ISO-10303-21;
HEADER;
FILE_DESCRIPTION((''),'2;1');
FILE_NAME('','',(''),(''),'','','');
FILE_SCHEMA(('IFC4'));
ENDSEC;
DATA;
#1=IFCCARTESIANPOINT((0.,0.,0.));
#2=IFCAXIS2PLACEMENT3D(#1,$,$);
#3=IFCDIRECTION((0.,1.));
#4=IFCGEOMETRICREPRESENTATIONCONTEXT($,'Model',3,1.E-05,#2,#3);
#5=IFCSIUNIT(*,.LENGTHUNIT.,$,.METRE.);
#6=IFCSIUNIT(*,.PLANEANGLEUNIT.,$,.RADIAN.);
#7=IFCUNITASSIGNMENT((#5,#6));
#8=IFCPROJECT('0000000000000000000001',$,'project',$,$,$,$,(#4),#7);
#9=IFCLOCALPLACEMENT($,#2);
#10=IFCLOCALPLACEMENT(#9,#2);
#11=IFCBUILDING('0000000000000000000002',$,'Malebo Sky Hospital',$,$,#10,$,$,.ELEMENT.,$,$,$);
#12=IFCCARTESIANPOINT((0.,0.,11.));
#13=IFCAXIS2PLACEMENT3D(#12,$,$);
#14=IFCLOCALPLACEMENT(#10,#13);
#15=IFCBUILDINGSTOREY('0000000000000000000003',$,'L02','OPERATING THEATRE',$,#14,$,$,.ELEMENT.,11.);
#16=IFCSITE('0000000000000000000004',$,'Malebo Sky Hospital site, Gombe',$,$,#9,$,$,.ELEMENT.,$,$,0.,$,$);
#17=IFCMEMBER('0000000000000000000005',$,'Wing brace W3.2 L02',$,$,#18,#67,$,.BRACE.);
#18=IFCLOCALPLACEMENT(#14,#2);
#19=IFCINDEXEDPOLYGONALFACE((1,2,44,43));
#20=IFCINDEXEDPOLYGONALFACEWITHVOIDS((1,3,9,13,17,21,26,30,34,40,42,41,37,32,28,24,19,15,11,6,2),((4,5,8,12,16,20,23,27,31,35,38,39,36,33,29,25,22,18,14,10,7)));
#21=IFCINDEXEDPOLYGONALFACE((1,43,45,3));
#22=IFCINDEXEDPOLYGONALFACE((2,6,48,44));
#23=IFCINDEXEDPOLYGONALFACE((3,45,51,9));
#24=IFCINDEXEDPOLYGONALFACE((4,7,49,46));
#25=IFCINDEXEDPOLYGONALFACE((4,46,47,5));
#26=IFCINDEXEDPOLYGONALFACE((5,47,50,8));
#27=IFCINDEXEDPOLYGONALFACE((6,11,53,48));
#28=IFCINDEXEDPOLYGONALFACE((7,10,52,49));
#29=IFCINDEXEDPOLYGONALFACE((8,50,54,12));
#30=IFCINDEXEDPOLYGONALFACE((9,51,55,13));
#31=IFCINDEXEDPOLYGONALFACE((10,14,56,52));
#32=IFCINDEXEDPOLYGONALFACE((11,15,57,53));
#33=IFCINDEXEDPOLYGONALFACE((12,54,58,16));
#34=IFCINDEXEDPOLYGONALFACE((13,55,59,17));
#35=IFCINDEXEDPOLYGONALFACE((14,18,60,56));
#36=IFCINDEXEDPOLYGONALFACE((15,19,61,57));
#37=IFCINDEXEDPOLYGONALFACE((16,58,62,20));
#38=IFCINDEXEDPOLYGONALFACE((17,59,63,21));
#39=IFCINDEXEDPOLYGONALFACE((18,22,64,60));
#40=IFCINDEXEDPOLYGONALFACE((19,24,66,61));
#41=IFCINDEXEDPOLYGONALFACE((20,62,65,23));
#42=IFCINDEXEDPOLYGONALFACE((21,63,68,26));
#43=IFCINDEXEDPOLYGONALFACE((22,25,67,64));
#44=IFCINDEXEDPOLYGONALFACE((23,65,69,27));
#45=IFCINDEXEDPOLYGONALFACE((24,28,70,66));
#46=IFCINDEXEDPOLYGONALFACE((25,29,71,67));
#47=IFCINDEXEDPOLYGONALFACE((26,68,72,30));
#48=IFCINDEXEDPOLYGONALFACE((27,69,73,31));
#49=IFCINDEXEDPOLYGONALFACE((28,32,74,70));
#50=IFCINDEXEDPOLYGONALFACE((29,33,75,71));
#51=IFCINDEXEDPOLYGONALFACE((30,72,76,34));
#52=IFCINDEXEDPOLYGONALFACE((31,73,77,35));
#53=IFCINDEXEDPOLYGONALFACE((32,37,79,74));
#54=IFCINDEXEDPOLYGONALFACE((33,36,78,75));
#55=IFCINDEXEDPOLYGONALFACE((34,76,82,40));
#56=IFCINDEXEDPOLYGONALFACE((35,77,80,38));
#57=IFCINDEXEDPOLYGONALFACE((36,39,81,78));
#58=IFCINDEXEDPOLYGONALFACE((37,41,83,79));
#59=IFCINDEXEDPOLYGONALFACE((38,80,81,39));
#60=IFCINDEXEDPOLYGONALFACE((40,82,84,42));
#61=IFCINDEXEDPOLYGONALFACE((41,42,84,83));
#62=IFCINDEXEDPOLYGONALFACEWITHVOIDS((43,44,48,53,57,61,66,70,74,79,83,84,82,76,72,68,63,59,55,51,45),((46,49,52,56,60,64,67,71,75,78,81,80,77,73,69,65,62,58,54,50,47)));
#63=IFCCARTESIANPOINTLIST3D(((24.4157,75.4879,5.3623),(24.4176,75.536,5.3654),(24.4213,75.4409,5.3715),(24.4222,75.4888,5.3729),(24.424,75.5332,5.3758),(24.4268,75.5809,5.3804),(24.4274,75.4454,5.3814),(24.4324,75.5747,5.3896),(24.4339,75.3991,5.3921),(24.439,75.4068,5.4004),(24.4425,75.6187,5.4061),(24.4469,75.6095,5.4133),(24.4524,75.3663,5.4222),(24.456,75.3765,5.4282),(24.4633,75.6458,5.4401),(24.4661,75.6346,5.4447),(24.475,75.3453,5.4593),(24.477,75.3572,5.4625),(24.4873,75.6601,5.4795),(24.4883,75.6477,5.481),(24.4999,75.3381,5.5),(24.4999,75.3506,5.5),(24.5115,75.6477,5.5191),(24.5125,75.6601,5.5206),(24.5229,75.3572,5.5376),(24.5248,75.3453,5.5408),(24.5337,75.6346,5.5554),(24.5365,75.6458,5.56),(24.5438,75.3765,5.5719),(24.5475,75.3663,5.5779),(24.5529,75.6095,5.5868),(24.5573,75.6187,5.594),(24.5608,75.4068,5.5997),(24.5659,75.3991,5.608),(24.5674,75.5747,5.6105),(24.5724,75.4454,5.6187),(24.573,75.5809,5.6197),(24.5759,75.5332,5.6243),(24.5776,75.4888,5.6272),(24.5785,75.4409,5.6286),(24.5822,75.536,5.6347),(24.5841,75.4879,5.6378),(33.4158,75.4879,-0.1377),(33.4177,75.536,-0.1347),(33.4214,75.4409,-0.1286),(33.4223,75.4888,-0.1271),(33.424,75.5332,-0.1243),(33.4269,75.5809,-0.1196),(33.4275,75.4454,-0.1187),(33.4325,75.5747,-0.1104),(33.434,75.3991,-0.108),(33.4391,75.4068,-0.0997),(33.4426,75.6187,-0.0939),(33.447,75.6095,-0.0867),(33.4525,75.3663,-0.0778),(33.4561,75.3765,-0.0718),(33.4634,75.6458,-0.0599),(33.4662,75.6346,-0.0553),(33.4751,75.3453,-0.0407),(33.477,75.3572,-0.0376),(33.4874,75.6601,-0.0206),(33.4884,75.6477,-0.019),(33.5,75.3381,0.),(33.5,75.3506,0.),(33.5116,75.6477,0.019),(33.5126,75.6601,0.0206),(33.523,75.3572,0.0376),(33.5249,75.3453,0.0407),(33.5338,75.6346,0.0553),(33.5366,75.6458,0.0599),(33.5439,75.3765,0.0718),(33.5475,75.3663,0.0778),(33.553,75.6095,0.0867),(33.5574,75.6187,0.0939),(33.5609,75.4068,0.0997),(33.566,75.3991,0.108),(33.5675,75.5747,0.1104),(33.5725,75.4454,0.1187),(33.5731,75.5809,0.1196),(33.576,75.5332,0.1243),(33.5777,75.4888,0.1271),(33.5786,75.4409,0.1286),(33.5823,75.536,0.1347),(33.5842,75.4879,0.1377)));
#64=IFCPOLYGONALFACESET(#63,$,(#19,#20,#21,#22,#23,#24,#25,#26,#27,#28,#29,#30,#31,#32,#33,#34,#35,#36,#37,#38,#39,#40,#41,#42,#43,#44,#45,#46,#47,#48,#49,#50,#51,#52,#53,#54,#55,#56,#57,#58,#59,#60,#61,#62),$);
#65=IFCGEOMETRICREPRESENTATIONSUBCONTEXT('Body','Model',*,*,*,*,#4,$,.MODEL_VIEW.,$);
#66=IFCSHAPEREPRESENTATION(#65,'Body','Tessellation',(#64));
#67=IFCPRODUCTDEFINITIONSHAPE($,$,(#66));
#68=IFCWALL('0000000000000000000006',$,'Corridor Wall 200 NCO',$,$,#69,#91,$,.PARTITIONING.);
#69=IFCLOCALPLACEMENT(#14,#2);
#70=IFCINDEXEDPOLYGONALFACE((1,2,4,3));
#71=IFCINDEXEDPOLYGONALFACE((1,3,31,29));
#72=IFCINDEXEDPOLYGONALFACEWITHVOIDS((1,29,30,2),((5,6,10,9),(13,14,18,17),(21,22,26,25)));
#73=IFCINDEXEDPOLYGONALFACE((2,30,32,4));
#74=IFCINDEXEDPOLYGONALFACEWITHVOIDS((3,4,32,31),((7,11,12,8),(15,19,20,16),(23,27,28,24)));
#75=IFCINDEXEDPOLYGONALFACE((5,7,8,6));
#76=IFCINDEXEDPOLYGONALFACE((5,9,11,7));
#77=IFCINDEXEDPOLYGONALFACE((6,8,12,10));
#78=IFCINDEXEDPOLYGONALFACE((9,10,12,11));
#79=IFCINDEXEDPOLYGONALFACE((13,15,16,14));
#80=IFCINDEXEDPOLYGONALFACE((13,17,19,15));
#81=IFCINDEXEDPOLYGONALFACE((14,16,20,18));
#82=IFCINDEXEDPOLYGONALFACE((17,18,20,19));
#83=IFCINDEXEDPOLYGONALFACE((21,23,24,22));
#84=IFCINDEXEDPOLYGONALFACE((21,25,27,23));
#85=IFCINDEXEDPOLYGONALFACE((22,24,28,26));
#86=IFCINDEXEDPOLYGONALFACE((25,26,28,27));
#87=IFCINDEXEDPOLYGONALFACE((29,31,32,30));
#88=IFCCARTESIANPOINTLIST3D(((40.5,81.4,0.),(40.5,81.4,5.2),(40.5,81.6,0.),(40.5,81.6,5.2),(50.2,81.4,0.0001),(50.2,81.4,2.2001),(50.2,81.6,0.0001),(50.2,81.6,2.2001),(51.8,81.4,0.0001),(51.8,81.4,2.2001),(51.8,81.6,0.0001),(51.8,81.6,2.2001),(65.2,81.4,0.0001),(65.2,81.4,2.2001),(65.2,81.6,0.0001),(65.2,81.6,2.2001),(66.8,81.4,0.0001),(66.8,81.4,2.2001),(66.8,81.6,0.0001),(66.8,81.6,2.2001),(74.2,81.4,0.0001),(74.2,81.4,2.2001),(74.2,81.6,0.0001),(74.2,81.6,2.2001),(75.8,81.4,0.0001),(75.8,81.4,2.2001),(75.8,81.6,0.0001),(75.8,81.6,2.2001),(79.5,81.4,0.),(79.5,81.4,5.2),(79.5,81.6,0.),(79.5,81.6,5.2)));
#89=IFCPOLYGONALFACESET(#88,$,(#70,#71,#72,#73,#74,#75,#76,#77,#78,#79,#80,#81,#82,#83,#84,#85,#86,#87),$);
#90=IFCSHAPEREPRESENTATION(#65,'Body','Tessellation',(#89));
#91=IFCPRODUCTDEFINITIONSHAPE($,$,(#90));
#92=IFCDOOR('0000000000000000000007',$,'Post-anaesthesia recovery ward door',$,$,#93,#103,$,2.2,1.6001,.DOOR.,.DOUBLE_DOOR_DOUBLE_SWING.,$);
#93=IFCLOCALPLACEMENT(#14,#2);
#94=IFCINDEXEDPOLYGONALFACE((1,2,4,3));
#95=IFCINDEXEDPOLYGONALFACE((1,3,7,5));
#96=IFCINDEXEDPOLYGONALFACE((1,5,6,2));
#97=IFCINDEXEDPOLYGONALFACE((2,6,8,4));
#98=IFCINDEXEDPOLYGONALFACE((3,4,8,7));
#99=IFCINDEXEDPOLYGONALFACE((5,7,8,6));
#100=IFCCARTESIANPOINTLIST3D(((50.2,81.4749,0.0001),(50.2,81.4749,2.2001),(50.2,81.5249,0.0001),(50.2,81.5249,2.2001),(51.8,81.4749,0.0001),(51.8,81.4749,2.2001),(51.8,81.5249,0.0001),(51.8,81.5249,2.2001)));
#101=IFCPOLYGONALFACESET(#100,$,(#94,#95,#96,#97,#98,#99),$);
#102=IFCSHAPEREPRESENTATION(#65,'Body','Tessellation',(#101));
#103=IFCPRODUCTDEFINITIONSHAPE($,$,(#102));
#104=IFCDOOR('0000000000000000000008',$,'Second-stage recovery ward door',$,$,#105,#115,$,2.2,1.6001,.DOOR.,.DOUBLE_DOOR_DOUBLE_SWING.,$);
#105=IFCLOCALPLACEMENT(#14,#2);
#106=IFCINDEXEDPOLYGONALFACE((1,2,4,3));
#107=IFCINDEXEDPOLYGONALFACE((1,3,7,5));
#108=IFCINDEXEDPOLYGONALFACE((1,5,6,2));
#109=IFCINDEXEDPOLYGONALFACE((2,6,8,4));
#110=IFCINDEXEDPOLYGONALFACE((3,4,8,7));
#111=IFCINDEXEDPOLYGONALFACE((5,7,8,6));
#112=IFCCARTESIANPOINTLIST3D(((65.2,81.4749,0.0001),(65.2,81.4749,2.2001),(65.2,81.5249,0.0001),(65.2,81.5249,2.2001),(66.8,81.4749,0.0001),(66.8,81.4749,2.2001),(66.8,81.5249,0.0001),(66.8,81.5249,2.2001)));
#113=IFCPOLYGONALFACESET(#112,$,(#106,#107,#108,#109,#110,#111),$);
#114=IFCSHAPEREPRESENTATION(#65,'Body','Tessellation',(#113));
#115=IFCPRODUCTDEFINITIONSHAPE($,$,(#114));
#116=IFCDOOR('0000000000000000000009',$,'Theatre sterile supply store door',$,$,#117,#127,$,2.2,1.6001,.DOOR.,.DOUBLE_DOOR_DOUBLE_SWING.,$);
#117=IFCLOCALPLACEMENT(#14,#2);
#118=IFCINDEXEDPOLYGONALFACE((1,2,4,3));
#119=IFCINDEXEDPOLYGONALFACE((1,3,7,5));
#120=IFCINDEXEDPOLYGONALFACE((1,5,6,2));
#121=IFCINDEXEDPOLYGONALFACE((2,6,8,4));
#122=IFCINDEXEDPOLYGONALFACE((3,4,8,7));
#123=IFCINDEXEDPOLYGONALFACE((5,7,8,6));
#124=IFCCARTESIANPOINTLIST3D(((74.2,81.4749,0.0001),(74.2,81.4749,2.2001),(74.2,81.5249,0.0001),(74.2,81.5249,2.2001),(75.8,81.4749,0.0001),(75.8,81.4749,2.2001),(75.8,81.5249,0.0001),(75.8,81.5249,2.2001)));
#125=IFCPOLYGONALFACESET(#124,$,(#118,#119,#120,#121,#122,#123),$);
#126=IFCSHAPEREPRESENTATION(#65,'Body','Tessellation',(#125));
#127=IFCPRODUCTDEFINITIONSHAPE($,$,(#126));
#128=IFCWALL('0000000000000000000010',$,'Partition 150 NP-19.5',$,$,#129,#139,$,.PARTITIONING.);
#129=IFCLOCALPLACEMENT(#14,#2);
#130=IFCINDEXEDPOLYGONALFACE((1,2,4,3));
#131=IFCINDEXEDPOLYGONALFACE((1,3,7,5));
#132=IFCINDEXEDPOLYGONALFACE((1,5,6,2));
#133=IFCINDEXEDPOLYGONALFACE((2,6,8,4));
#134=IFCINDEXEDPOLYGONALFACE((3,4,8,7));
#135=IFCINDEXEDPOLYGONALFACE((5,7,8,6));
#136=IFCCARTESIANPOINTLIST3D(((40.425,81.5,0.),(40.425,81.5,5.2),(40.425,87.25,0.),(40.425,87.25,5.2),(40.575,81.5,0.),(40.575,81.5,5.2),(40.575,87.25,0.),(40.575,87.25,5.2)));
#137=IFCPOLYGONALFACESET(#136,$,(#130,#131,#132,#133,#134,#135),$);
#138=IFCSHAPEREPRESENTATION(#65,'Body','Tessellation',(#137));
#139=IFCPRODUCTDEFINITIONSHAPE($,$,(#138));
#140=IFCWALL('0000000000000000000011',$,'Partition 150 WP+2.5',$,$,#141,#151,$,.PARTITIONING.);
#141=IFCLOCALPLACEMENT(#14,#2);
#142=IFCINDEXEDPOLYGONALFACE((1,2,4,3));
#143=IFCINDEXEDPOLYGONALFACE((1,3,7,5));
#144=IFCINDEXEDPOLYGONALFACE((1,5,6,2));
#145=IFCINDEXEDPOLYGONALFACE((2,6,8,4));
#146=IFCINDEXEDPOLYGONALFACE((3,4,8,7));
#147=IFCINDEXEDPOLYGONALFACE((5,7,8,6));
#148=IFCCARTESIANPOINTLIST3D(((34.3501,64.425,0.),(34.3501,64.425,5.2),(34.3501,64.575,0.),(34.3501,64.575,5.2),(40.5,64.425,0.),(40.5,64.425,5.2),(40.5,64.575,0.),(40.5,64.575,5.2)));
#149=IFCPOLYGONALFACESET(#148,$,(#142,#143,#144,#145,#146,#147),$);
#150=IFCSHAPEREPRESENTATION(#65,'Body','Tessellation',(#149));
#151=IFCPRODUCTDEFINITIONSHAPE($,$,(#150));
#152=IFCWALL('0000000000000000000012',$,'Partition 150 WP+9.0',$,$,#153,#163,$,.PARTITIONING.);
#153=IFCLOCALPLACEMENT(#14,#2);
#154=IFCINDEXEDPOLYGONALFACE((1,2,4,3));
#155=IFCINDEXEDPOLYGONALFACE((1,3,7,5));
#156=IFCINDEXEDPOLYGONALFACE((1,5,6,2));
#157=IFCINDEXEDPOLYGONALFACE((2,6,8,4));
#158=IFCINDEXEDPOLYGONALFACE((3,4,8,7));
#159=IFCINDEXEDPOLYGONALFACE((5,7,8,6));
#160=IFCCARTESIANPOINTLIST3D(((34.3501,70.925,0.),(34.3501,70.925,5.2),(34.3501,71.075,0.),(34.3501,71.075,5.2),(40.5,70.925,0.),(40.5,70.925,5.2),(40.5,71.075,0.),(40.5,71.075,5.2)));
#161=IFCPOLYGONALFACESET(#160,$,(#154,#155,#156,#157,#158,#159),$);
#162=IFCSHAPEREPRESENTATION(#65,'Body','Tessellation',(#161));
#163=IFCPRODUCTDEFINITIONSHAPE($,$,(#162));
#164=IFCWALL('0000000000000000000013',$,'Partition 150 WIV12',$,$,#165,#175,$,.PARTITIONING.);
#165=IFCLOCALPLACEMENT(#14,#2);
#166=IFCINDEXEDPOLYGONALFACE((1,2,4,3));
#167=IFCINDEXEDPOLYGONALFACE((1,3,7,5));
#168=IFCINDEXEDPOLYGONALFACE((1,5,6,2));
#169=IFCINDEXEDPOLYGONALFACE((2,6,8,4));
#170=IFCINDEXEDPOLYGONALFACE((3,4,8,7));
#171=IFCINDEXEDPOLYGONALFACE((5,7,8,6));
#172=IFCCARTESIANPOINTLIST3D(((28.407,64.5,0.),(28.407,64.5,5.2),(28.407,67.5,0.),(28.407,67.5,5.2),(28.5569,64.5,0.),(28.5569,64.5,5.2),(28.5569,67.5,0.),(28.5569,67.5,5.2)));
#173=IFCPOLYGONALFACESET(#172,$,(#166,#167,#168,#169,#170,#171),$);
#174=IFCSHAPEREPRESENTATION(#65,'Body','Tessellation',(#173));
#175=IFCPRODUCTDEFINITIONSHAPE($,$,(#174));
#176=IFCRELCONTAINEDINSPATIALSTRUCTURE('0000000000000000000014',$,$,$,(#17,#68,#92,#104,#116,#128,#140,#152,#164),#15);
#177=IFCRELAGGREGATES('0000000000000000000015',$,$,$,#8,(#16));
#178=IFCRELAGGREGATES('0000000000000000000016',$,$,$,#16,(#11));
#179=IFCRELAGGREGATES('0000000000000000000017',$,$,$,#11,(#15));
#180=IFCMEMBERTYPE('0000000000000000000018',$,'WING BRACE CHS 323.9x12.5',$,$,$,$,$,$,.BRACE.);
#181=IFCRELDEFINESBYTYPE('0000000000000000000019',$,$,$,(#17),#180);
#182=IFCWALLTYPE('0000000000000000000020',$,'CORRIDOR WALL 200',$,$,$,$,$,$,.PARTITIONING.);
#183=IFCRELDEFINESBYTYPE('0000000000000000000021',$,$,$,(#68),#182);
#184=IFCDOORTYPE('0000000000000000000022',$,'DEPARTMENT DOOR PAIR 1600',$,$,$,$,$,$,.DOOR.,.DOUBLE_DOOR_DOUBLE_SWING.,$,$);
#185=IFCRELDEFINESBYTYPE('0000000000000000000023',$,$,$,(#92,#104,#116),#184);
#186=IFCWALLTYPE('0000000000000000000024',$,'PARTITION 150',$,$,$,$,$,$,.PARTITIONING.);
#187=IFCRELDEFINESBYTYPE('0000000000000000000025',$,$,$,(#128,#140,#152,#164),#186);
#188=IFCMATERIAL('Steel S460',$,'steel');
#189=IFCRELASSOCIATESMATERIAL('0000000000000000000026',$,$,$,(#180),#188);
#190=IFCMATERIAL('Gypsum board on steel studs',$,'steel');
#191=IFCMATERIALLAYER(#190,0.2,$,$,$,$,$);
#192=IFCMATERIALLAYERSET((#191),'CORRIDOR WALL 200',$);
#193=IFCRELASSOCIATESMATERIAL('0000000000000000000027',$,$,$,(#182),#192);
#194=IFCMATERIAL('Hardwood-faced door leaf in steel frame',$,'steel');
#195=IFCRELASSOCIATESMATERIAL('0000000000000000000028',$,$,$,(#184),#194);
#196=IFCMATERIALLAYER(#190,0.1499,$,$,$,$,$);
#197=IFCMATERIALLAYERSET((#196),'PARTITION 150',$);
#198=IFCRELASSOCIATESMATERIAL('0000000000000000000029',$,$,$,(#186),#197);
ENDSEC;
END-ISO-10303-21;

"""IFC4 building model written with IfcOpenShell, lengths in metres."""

from ifc_helpers import new_model, si_unit, direction, frame, frame_2d, origin, origin_2d, place, context, subcontext, project, spatial, rectangle, hollow_circle, extrude, material, layer, layer_set, material_profile, profile_set, type_object, element, fill, save


model = new_model("IFC4")

# Units and contexts
model_context = context("Model", 3, precision=1e-05, world=origin(), true_north=direction((0.0, 1.0)))
body_context = subcontext(model_context, "Body", "Model", "MODEL_VIEW")
ifc_project = project(units=[si_unit("LENGTHUNIT", "METRE"), si_unit("PLANEANGLEUNIT", "RADIAN")], contexts=[model_context])

# Site, building, storey
site_placement = place(None, origin())
site = spatial("IfcSite", under=ifc_project, at=site_placement, Name="Malebo Sky Hospital site, Gombe", CompositionType="ELEMENT", RefElevation=0.0)
building_placement = place(site_placement, origin())
building = spatial("IfcBuilding", under=site, at=building_placement, Name="Malebo Sky Hospital", CompositionType="ELEMENT")
storey_placement = place(building_placement, frame((0.0, 0.0, 11.0)))
storey = spatial("IfcBuildingStorey", under=building, at=storey_placement, Name="L02", Description="OPERATING THEATRE", CompositionType="ELEMENT", Elevation=11.0)

# Shared definitions
ifc_material_1 = material(Name="Steel S460", Category="steel")

# Member
ifc_material_profile_1 = material_profile(ifc_material_1, hollow_circle(Radius=0.1619, WallThickness=0.0125, at=origin_2d()), Name="CHS 323.9x12.5")
ifc_profile_set_1 = profile_set([ifc_material_profile_1], Name="Steel S460")
member_type = type_object("IfcMemberType", Name="WING BRACE CHS 323.9x12.5", PredefinedType="BRACE", material=ifc_profile_set_1)
member_placement = place(storey_placement, frame((33.5, 75.5, 0.0), z_axis=(-0.853282, 0.0, 0.52145), x_axis=(0.0, -1.0, 0.0)))
element("IfcMember", 1, at=member_placement, inside=storey, type_object=member_type, Name="Wing brace W3.2 L02", PredefinedType="BRACE", context=body_context, shape_type="SweptSolid", body=[
    extrude(hollow_circle(Radius=0.1619, WallThickness=0.0125, at=origin_2d()), origin(), (0.0, 0.0, 1.0), 10.5476),
])

# Wall, openings, doors
ifc_material_2 = material(Name="Gypsum board on steel studs", Category="steel")
ifc_layer_1 = layer(ifc_material_2, 0.2)
ifc_layer_set_1 = layer_set([ifc_layer_1], Name="CORRIDOR WALL 200")
wall_type_1 = type_object("IfcWallType", Name="CORRIDOR WALL 200", PredefinedType="PARTITIONING", material=ifc_layer_set_1)
wall_1_placement = place(storey_placement, frame((40.5, 81.5, 0.0), z_axis=(0.0, 0.0, 1.0), x_axis=(1.0, 0.0, 0.0)))
wall_1 = element("IfcWall", 2, at=wall_1_placement, inside=storey, type_object=wall_type_1, Name="Corridor Wall 200 NCO", PredefinedType="PARTITIONING", context=body_context, shape_type="SweptSolid", body=[
    extrude(rectangle(XDim=39.0, YDim=0.2, at=frame_2d((19.5, 0.0))), origin(), (0.0, 0.0, 1.0), 5.2),
])
opening_1_placement = place(wall_1_placement, frame((9.7, 0.0, 0.0)))
opening_1 = element("IfcOpeningElement", 3, at=opening_1_placement, cuts=wall_1, PredefinedType="OPENING", context=body_context, shape_type="SweptSolid", body=[
    extrude(rectangle(XDim=1.6001, YDim=2.2, at=frame_2d((0.8, 1.1001))), frame((0.0, 0.1099, 0.0), z_axis=(0.0, -1.0, 0.0), x_axis=(1.0, 0.0, 0.0)), (0.0, 0.0, 1.0), 0.22),
])
opening_2_placement = place(wall_1_placement, frame((24.7, 0.0, 0.0)))
opening_2 = element("IfcOpeningElement", 4, at=opening_2_placement, cuts=wall_1, PredefinedType="OPENING", context=body_context, shape_type="SweptSolid", body=[
    extrude(rectangle(XDim=1.6001, YDim=2.2, at=frame_2d((0.8, 1.1001))), frame((0.0, 0.1099, 0.0), z_axis=(0.0, -1.0, 0.0), x_axis=(1.0, 0.0, 0.0)), (0.0, 0.0, 1.0), 0.22),
])
opening_3_placement = place(wall_1_placement, frame((33.7, 0.0, 0.0)))
opening_3 = element("IfcOpeningElement", 5, at=opening_3_placement, cuts=wall_1, PredefinedType="OPENING", context=body_context, shape_type="SweptSolid", body=[
    extrude(rectangle(XDim=1.6001, YDim=2.2, at=frame_2d((0.8, 1.1001))), frame((0.0, 0.1099, 0.0), z_axis=(0.0, -1.0, 0.0), x_axis=(1.0, 0.0, 0.0)), (0.0, 0.0, 1.0), 0.22),
])
ifc_material_3 = material(Name="Hardwood-faced door leaf in steel frame", Category="steel")
door_type_1 = type_object("IfcDoorType", Name="DEPARTMENT DOOR PAIR 1600", OperationType="DOUBLE_DOOR_DOUBLE_SWING", PredefinedType="DOOR", material=ifc_material_3)
door_1_placement = place(opening_1_placement, origin())
door_1 = element("IfcDoor", 6, at=door_1_placement, inside=storey, type_object=door_type_1, Name="Post-anaesthesia recovery ward door", OperationType="DOUBLE_DOOR_DOUBLE_SWING", OverallHeight=2.2, OverallWidth=1.6001, PredefinedType="DOOR", context=body_context, shape_type="SweptSolid", body=[
    extrude(rectangle(XDim=1.6001, YDim=2.2, at=frame_2d((0.8, 1.1001))), frame((0.0, 0.0249, 0.0), z_axis=(0.0, -1.0, 0.0), x_axis=(1.0, 0.0, 0.0)), (0.0, 0.0, 1.0), 0.05),
])
fill(opening_1, door_1)
door_2_placement = place(opening_2_placement, origin())
door_2 = element("IfcDoor", 7, at=door_2_placement, inside=storey, type_object=door_type_1, Name="Second-stage recovery ward door", OperationType="DOUBLE_DOOR_DOUBLE_SWING", OverallHeight=2.2, OverallWidth=1.6001, PredefinedType="DOOR", context=body_context, shape_type="SweptSolid", body=[
    extrude(rectangle(XDim=1.6001, YDim=2.2, at=frame_2d((0.8, 1.1001))), frame((0.0, 0.0249, 0.0), z_axis=(0.0, -1.0, 0.0), x_axis=(1.0, 0.0, 0.0)), (0.0, 0.0, 1.0), 0.05),
])
fill(opening_2, door_2)
door_3_placement = place(opening_3_placement, origin())
door_3 = element("IfcDoor", 8, at=door_3_placement, inside=storey, type_object=door_type_1, Name="Theatre sterile supply store door", OperationType="DOUBLE_DOOR_DOUBLE_SWING", OverallHeight=2.2, OverallWidth=1.6001, PredefinedType="DOOR", context=body_context, shape_type="SweptSolid", body=[
    extrude(rectangle(XDim=1.6001, YDim=2.2, at=frame_2d((0.8, 1.1001))), frame((0.0, 0.0249, 0.0), z_axis=(0.0, -1.0, 0.0), x_axis=(1.0, 0.0, 0.0)), (0.0, 0.0, 1.0), 0.05),
])
fill(opening_3, door_3)

# Walls
ifc_layer_2 = layer(ifc_material_2, 0.1499)
ifc_layer_set_2 = layer_set([ifc_layer_2], Name="PARTITION 150")
wall_type_2 = type_object("IfcWallType", Name="PARTITION 150", PredefinedType="PARTITIONING", material=ifc_layer_set_2)
wall_2_placement = place(storey_placement, frame((40.5, 81.5, 0.0), z_axis=(0.0, 0.0, 1.0), x_axis=(0.0, 1.0, 0.0)))
element("IfcWall", 9, at=wall_2_placement, inside=storey, type_object=wall_type_2, Name="Partition 150 NP-19.5", PredefinedType="PARTITIONING", context=body_context, shape_type="SweptSolid", body=[
    extrude(rectangle(XDim=5.75, YDim=0.1499, at=frame_2d((2.875, 0.0))), origin(), (0.0, 0.0, 1.0), 5.2),
])
for number, where, z_axis, x_axis, name in (
    (10, (40.5, 64.5, 0.0), (0.0, 0.0, 1.0), (-1.0, 0.0, 0.0), "Partition 150 WP+2.5"),
    (11, (40.5, 71.0, 0.0), (0.0, 0.0, 1.0), (-1.0, 0.0, 0.0), "Partition 150 WP+9.0"),
):
    element("IfcWall", number, at=place(storey_placement, frame(where, z_axis=z_axis, x_axis=x_axis)), inside=storey, type_object=wall_type_2, Name=name, PredefinedType="PARTITIONING", context=body_context, shape_type="SweptSolid", body=[
        extrude(rectangle(XDim=6.1499, YDim=0.1499, at=frame_2d((3.075, 0.0))), origin(), (0.0, 0.0, 1.0), 5.2),
    ])
wall_3_placement = place(storey_placement, frame((28.4819, 64.5, 0.0), z_axis=(0.0, 0.0, 1.0), x_axis=(0.0, 1.0, 0.0)))
element("IfcWall", 12, at=wall_3_placement, inside=storey, type_object=wall_type_2, Name="Partition 150 WIV12", PredefinedType="PARTITIONING", context=body_context, shape_type="SweptSolid", body=[
    extrude(rectangle(XDim=3.0, YDim=0.1499, at=frame_2d((1.5, 0.0))), origin(), (0.0, 0.0, 1.0), 5.2),
])

save(model, "model.ifc")
